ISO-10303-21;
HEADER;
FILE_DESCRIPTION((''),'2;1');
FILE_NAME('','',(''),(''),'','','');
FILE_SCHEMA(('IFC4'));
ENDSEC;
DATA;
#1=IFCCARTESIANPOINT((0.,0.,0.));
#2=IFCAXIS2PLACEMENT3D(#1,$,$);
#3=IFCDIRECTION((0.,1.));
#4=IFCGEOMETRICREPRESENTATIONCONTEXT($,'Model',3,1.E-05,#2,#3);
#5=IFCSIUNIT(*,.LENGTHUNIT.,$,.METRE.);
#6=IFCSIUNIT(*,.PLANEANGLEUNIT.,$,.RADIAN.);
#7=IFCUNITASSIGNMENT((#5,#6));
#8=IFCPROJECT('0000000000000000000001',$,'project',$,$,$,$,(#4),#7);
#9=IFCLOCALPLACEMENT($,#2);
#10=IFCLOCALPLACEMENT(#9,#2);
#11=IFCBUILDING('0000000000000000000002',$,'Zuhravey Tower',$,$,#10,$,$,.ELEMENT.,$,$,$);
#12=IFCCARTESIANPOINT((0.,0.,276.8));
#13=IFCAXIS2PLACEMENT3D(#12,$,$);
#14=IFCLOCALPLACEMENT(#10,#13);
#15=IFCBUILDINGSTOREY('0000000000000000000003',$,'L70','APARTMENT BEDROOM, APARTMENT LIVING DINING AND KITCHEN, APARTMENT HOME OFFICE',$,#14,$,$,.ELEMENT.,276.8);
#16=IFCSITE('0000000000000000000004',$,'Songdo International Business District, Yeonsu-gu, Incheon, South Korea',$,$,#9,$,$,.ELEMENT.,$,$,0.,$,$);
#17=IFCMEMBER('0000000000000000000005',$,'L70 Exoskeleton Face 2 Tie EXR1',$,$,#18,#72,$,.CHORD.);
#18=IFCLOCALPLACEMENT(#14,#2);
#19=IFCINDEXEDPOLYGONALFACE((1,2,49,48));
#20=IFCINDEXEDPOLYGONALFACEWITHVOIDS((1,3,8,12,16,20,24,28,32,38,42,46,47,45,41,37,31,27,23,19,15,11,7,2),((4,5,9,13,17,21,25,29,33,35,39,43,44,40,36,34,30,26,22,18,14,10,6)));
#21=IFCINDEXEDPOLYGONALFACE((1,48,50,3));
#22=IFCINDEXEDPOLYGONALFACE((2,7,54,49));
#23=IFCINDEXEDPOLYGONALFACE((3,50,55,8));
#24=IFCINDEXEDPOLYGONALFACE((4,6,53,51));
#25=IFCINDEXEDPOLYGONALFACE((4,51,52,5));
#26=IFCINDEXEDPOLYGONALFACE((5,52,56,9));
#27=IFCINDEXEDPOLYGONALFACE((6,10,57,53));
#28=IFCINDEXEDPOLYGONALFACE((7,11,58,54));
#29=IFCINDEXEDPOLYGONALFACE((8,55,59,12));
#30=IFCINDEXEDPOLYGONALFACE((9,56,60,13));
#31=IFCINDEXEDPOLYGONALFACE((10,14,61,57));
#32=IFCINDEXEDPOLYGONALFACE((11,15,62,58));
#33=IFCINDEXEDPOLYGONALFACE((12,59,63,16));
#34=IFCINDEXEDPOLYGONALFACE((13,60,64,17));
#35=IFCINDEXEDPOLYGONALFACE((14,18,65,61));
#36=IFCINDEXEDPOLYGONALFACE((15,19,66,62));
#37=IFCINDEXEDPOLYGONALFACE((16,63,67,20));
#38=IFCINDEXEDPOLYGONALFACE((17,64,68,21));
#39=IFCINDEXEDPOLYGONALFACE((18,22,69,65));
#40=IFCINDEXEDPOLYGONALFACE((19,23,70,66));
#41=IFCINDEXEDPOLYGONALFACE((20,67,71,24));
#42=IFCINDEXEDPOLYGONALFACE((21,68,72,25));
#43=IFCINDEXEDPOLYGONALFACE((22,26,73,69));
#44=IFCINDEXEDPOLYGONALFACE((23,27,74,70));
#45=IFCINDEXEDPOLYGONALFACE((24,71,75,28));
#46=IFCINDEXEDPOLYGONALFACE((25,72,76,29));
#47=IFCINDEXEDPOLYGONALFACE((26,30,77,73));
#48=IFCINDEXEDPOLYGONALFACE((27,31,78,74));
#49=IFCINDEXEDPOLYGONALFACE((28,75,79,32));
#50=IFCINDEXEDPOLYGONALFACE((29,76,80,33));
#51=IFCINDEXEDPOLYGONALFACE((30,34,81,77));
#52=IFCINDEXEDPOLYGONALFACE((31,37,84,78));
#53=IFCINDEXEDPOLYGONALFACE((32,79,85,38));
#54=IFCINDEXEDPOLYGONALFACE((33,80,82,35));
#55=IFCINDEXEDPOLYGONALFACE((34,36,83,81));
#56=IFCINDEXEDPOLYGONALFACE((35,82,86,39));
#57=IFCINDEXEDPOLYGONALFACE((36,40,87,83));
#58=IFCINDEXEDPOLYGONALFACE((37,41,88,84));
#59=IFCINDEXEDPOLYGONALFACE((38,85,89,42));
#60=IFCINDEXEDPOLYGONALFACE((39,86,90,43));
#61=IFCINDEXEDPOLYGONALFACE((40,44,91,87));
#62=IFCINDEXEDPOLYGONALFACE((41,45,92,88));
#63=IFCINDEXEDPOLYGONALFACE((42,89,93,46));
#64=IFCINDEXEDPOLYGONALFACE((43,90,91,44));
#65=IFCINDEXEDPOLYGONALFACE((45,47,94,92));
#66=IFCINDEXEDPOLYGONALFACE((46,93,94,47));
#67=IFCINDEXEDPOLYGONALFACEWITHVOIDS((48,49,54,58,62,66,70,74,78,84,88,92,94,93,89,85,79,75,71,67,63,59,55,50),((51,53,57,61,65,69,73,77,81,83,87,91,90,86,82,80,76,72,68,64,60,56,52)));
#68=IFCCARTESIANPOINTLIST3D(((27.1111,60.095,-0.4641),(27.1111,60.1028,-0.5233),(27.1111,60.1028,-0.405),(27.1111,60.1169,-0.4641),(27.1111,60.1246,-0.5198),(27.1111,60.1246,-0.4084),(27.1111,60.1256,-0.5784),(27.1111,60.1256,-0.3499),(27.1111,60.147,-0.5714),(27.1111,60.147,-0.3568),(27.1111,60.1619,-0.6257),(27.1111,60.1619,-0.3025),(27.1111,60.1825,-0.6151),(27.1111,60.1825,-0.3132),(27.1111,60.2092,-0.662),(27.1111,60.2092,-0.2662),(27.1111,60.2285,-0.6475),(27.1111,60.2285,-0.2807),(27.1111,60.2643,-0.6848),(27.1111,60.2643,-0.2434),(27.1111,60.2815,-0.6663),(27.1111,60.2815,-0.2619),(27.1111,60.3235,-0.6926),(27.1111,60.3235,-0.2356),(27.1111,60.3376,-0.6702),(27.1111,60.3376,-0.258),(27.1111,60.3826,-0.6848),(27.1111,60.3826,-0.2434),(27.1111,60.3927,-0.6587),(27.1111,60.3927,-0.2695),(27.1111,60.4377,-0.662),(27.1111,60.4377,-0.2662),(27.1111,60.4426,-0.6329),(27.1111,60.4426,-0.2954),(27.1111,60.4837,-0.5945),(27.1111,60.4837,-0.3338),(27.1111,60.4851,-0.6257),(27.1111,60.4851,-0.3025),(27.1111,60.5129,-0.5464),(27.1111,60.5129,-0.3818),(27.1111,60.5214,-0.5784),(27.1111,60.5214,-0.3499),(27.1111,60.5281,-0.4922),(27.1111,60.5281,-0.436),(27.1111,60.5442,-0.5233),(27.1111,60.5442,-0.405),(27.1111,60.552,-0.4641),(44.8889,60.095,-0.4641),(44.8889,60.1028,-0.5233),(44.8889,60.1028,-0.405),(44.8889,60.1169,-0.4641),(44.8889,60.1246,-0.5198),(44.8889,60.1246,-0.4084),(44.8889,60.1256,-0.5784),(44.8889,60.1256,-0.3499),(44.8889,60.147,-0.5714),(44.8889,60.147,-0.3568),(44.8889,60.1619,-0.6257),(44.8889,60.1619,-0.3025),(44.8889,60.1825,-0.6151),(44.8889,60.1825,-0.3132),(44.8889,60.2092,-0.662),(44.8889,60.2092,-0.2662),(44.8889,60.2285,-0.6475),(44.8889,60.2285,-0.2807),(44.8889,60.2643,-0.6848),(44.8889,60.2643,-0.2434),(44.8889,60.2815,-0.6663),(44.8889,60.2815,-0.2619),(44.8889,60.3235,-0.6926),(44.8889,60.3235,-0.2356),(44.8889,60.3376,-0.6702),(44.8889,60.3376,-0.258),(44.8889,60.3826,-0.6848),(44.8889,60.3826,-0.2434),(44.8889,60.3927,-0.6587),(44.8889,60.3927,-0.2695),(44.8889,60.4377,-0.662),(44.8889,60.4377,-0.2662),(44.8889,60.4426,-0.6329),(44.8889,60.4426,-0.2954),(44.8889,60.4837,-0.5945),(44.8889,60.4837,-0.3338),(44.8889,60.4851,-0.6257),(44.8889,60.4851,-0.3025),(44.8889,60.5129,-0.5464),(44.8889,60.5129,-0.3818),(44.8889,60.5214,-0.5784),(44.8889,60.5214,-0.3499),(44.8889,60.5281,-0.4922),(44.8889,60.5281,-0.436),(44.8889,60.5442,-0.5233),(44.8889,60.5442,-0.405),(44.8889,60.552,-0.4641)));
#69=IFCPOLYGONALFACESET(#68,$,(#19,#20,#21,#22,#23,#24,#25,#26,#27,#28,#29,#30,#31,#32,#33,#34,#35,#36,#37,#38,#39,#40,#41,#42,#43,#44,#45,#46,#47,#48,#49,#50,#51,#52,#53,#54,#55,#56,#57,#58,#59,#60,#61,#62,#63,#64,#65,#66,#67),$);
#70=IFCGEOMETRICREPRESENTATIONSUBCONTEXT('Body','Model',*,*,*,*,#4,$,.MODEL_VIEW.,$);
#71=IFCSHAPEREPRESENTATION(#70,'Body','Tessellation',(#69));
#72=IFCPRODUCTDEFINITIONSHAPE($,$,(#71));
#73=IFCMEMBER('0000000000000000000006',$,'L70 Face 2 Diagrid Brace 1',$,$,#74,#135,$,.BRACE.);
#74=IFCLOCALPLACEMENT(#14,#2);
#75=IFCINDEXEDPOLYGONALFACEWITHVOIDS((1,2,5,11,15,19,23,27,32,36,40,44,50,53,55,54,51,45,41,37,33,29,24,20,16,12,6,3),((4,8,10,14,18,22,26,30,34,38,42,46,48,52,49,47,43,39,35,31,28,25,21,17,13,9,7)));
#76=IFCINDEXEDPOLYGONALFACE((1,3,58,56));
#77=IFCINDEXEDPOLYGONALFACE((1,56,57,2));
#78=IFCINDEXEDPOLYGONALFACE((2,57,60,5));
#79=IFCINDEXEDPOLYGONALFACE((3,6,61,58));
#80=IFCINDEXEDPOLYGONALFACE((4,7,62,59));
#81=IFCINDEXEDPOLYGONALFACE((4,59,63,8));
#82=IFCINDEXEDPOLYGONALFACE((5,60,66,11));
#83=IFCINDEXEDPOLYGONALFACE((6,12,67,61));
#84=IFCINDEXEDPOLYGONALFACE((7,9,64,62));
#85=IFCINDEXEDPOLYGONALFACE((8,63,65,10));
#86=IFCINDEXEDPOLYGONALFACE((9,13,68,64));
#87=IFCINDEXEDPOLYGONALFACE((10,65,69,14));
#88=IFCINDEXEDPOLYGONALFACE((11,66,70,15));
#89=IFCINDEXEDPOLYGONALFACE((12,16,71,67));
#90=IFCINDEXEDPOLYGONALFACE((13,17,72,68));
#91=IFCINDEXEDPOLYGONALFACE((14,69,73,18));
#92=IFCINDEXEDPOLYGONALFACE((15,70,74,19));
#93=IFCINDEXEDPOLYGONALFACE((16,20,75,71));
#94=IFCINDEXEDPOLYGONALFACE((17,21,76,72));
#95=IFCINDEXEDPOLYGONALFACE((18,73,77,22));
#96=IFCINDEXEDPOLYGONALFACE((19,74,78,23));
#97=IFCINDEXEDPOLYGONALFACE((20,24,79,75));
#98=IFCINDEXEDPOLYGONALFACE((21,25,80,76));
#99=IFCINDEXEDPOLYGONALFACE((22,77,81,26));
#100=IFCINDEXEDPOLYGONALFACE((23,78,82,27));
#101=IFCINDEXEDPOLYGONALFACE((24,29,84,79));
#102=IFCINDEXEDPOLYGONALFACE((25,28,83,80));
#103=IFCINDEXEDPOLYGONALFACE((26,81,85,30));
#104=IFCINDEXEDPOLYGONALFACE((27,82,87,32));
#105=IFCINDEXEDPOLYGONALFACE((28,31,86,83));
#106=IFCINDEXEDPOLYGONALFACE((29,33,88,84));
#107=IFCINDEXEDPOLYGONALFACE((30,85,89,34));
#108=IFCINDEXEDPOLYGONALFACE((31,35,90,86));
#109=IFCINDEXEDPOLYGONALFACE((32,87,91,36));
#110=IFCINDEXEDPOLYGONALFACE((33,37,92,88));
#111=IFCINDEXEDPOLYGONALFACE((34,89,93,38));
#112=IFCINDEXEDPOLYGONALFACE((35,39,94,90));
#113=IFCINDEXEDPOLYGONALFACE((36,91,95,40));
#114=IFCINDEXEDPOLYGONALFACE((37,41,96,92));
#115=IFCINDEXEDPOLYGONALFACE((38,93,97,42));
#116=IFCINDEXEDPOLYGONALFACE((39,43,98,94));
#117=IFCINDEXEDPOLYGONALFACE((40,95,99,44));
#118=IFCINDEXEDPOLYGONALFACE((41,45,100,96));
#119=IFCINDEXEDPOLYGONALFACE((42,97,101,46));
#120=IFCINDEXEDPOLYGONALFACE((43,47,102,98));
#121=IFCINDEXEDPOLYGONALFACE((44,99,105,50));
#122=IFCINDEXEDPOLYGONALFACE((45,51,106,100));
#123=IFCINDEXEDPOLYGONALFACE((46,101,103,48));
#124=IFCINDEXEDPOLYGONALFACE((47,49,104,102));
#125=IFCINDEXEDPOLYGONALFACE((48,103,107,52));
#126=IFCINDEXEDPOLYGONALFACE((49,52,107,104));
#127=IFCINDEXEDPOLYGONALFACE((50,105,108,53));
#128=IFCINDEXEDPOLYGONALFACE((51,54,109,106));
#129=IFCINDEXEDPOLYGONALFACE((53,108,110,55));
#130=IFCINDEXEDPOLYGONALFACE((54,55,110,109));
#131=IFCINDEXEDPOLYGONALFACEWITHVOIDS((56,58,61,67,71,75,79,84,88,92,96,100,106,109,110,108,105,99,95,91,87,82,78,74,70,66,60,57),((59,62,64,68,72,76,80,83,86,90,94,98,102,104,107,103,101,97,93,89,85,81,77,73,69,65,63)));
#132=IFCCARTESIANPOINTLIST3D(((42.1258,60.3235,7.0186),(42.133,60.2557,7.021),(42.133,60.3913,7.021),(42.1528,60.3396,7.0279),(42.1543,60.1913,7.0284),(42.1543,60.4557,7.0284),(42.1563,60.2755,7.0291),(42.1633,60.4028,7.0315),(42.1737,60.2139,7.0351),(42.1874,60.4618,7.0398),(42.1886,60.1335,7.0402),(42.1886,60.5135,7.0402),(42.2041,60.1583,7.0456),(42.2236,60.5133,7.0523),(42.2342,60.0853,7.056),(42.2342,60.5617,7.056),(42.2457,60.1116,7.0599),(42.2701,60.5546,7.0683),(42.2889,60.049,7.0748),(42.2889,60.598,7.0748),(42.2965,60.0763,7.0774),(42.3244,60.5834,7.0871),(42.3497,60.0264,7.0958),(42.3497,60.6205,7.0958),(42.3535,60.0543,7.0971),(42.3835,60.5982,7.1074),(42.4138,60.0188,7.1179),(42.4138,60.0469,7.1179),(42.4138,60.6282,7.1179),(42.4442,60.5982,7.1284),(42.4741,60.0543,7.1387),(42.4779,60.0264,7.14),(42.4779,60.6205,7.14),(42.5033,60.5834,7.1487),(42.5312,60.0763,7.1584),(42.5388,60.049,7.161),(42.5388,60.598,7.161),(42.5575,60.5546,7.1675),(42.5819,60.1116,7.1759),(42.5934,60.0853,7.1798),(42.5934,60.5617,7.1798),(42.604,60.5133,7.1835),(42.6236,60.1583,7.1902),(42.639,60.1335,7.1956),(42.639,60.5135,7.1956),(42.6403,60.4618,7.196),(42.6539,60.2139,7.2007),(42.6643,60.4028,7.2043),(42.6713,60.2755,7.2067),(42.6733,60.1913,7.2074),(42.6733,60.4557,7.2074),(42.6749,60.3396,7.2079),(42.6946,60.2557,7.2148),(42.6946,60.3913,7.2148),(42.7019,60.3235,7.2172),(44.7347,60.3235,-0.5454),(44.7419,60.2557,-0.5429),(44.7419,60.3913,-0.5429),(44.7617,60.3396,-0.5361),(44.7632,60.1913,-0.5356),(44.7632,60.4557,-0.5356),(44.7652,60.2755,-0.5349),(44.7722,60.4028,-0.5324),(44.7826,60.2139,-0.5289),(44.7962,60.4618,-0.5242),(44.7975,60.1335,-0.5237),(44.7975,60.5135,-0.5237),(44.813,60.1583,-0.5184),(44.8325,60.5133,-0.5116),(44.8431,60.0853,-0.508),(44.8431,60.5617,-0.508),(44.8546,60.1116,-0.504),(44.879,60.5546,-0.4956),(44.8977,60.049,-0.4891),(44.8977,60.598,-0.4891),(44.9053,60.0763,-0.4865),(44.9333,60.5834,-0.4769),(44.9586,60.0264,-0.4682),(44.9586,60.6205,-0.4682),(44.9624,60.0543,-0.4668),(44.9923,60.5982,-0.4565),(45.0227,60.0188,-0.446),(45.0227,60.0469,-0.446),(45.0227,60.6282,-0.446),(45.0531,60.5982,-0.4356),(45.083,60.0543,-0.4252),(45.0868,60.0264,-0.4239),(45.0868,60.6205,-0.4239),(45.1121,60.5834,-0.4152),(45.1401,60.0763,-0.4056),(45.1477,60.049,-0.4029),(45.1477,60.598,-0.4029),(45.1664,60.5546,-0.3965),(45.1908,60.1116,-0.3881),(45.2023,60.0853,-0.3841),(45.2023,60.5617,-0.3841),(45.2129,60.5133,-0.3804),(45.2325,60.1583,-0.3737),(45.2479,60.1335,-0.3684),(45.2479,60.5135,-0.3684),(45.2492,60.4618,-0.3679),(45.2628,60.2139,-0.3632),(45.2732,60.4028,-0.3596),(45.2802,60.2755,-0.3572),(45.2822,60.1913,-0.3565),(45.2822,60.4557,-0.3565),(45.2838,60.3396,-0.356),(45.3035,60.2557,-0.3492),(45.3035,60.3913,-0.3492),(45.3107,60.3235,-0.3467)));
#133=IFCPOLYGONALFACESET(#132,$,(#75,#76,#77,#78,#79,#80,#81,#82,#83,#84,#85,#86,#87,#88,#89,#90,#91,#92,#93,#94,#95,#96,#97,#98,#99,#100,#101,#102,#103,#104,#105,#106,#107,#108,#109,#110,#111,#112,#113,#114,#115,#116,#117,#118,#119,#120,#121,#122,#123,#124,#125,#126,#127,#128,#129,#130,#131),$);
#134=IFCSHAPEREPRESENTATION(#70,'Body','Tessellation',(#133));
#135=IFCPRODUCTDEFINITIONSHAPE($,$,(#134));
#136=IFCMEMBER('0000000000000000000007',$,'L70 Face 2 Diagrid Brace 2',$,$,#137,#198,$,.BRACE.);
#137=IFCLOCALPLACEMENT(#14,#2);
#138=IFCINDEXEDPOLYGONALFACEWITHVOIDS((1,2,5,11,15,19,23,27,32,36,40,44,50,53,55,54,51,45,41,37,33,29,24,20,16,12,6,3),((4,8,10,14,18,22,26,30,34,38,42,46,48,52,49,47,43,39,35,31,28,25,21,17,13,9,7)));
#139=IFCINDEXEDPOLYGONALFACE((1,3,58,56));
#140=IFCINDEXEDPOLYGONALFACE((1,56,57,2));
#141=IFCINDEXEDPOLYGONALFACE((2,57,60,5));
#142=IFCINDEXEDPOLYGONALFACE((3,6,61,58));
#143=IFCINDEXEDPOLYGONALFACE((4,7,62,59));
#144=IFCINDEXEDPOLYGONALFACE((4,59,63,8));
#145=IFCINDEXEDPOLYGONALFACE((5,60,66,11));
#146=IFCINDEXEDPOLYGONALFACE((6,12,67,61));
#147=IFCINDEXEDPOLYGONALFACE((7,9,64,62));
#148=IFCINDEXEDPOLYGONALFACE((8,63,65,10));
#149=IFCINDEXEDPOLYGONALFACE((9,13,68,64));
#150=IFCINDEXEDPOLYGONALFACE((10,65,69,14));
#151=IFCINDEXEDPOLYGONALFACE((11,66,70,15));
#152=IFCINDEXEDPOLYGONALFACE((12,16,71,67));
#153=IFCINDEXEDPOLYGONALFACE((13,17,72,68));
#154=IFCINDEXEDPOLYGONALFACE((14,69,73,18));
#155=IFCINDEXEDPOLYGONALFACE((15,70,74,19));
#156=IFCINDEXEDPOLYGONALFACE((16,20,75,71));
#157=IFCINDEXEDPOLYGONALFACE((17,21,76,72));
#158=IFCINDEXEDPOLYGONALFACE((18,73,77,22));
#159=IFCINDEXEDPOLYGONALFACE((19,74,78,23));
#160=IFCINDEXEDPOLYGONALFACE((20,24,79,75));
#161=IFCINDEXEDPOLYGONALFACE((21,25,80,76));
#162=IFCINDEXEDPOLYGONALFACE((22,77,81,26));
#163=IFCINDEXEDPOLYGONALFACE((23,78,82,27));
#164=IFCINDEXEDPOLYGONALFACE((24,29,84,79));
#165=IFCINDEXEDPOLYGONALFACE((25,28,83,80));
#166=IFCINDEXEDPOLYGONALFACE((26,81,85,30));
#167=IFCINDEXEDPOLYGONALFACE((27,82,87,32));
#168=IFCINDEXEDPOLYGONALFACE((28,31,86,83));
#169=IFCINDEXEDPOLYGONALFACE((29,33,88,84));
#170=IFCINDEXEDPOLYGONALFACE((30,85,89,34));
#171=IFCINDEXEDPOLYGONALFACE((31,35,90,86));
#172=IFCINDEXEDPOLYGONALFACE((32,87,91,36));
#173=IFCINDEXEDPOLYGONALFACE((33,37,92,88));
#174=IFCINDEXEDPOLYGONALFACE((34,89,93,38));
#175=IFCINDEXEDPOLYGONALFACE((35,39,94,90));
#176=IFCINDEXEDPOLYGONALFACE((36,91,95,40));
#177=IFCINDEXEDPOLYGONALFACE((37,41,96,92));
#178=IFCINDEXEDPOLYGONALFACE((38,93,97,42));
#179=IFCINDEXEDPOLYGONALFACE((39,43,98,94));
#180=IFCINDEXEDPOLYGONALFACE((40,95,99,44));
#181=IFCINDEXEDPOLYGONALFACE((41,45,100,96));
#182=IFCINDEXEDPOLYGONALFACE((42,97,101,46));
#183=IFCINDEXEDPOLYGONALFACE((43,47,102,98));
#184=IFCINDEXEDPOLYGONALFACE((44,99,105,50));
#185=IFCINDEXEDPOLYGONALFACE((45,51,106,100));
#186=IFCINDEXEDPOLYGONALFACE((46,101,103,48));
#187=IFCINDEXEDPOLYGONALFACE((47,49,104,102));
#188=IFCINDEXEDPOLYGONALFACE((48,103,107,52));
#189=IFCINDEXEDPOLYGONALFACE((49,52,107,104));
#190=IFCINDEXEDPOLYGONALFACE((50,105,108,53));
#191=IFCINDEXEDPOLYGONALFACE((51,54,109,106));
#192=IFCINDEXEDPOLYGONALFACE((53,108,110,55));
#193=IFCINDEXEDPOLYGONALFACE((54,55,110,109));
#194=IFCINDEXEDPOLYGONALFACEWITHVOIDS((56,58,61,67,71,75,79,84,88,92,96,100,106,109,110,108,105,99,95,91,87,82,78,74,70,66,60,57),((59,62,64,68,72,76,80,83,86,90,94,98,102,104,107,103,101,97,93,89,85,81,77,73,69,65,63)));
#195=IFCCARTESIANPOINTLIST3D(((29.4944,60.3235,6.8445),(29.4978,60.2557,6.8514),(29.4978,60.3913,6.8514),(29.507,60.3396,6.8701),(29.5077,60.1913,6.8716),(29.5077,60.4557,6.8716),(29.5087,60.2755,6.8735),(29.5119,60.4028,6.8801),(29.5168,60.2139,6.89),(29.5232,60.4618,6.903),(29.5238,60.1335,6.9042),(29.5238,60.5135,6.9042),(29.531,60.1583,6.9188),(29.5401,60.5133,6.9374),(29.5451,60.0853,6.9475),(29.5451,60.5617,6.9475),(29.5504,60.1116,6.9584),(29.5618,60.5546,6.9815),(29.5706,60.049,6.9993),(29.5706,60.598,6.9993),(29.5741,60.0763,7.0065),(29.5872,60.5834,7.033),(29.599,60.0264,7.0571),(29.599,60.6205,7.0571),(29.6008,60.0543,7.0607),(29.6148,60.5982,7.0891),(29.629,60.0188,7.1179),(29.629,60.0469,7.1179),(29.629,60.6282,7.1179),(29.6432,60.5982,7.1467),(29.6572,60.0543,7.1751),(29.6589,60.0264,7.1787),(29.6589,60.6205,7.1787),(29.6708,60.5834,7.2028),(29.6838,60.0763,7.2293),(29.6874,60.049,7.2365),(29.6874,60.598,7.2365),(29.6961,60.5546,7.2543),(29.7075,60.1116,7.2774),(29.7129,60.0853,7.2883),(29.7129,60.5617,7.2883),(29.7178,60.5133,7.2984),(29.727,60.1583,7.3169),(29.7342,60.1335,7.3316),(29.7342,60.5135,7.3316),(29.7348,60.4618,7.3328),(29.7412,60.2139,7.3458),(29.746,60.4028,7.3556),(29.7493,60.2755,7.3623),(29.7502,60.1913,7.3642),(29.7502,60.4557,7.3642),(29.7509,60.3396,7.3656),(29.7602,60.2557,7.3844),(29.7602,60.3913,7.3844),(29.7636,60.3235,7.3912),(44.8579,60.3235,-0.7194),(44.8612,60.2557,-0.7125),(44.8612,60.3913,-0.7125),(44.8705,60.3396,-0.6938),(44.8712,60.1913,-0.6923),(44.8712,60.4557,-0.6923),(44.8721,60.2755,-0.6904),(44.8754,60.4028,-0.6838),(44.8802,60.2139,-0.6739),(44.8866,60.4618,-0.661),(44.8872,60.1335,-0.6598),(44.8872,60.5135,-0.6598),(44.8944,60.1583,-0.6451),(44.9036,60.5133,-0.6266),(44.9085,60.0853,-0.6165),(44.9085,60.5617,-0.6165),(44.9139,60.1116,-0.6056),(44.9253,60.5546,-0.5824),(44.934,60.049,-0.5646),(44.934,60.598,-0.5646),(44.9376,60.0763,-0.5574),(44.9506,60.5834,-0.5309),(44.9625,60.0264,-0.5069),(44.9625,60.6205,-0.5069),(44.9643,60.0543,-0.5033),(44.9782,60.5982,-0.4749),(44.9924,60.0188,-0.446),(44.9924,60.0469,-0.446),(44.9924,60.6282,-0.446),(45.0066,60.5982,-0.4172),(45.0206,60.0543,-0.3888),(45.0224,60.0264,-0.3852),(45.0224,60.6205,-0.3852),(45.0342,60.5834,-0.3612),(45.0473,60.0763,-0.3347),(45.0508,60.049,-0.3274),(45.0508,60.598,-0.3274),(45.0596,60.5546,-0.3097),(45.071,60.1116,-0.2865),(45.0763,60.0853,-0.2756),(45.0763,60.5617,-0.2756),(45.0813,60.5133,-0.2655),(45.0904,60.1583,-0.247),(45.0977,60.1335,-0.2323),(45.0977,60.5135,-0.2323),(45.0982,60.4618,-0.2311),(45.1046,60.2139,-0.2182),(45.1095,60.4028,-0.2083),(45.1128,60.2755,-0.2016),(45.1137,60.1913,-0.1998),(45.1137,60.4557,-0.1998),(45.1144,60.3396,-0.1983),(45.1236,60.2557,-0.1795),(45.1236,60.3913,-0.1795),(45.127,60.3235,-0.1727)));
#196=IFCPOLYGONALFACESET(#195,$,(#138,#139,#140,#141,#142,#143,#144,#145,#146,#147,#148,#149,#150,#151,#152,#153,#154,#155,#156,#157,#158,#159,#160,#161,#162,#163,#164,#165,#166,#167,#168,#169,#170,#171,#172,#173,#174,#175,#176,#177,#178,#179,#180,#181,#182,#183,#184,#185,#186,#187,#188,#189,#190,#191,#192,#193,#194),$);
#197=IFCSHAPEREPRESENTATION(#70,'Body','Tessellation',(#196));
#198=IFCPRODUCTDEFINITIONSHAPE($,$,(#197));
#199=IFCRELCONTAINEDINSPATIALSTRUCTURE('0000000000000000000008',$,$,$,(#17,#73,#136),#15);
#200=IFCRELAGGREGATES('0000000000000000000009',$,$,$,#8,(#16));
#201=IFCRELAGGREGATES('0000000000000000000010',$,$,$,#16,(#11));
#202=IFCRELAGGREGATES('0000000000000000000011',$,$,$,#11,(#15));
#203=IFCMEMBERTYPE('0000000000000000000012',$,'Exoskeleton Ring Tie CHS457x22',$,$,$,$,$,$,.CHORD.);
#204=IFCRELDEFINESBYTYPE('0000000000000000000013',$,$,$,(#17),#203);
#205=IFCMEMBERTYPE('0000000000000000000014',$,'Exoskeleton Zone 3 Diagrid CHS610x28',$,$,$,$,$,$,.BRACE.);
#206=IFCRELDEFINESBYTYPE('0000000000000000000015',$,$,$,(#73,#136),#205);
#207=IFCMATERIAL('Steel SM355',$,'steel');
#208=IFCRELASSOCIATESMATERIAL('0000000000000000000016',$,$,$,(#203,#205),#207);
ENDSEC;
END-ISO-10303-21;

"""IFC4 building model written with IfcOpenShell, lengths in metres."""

from ifc_helpers import new_model, si_unit, direction, frame, origin, origin_2d, place, context, subcontext, project, spatial, hollow_circle, extrude, material, material_profile, profile_set, type_object, element, save


model = new_model("IFC4")

# Units and contexts
model_context = context("Model", 3, precision=1e-05, world=origin(), true_north=direction((0.0, 1.0)))
body_context = subcontext(model_context, "Body", "Model", "MODEL_VIEW")
ifc_project = project(units=[si_unit("LENGTHUNIT", "METRE"), si_unit("PLANEANGLEUNIT", "RADIAN")], contexts=[model_context])

# Site, building, storey
site_placement = place(None, origin())
site = spatial("IfcSite", under=ifc_project, at=site_placement, Name="Songdo International Business District, Yeonsu-gu, Incheon, South Korea", CompositionType="ELEMENT", RefElevation=0.0)
building_placement = place(site_placement, origin())
building = spatial("IfcBuilding", under=site, at=building_placement, Name="Zuhravey Tower", CompositionType="ELEMENT")
storey_placement = place(building_placement, frame((0.0, 0.0, 276.8)))
storey = spatial("IfcBuildingStorey", under=building, at=storey_placement, Name="L70", Description="APARTMENT BEDROOM, APARTMENT LIVING DINING AND KITCHEN, APARTMENT HOME OFFICE", CompositionType="ELEMENT", Elevation=276.8)

# Members
ifc_material_1 = material(Name="Steel SM355", Category="steel")
ifc_material_profile_1 = material_profile(ifc_material_1, hollow_circle(Radius=0.2285, WallThickness=0.022, at=origin_2d()), Name="CHS-457.2x22")
ifc_profile_set_1 = profile_set([ifc_material_profile_1], Name="Steel SM355")
member_type_1 = type_object("IfcMemberType", Name="Exoskeleton Ring Tie CHS457x22", PredefinedType="CHORD", material=ifc_profile_set_1)
member_1_placement = place(storey_placement, frame((44.8889, 60.3235, -0.4641), z_axis=(-1.0, 0.0, 0.0), x_axis=(0.0, -1.0, 0.0)))
element("IfcMember", 1, at=member_1_placement, inside=storey, type_object=member_type_1, Name="L70 Exoskeleton Face 2 Tie EXR1", PredefinedType="CHORD", context=body_context, shape_type="SweptSolid", body=[
    extrude(hollow_circle(Radius=0.2285, WallThickness=0.022, at=origin_2d()), origin(), (0.0, 0.0, 1.0), 17.7778),
])
ifc_material_profile_2 = material_profile(ifc_material_1, hollow_circle(Radius=0.3047, WallThickness=0.0281, at=origin_2d()), Name="CHS-609.6x28")
ifc_profile_set_2 = profile_set([ifc_material_profile_2], Name="Steel SM355")
member_type_2 = type_object("IfcMemberType", Name="Exoskeleton Zone 3 Diagrid CHS610x28", PredefinedType="BRACE", material=ifc_profile_set_2)
member_2_placement = place(storey_placement, frame((45.0227, 60.3235, -0.446), z_axis=(-0.32606, 0.0, 0.945349), x_axis=(0.0, -1.0, 0.0)))
element("IfcMember", 2, at=member_2_placement, inside=storey, type_object=member_type_2, Name="L70 Face 2 Diagrid Brace 1", PredefinedType="BRACE", context=body_context, shape_type="SweptSolid", body=[
    extrude(hollow_circle(Radius=0.3047, WallThickness=0.0281, at=origin_2d()), origin(), (0.0, 0.0, 1.0), 8.0012),
])
member_3_placement = place(storey_placement, frame((44.9924, 60.3235, -0.446), z_axis=(-0.897162, 0.0, 0.441702), x_axis=(0.0, -1.0, 0.0)))
element("IfcMember", 3, at=member_3_placement, inside=storey, type_object=member_type_2, Name="L70 Face 2 Diagrid Brace 2", PredefinedType="BRACE", context=body_context, shape_type="SweptSolid", body=[
    extrude(hollow_circle(Radius=0.3047, WallThickness=0.0281, at=origin_2d()), origin(), (0.0, 0.0, 1.0), 17.1245),
])

save(model, "model.ifc")
